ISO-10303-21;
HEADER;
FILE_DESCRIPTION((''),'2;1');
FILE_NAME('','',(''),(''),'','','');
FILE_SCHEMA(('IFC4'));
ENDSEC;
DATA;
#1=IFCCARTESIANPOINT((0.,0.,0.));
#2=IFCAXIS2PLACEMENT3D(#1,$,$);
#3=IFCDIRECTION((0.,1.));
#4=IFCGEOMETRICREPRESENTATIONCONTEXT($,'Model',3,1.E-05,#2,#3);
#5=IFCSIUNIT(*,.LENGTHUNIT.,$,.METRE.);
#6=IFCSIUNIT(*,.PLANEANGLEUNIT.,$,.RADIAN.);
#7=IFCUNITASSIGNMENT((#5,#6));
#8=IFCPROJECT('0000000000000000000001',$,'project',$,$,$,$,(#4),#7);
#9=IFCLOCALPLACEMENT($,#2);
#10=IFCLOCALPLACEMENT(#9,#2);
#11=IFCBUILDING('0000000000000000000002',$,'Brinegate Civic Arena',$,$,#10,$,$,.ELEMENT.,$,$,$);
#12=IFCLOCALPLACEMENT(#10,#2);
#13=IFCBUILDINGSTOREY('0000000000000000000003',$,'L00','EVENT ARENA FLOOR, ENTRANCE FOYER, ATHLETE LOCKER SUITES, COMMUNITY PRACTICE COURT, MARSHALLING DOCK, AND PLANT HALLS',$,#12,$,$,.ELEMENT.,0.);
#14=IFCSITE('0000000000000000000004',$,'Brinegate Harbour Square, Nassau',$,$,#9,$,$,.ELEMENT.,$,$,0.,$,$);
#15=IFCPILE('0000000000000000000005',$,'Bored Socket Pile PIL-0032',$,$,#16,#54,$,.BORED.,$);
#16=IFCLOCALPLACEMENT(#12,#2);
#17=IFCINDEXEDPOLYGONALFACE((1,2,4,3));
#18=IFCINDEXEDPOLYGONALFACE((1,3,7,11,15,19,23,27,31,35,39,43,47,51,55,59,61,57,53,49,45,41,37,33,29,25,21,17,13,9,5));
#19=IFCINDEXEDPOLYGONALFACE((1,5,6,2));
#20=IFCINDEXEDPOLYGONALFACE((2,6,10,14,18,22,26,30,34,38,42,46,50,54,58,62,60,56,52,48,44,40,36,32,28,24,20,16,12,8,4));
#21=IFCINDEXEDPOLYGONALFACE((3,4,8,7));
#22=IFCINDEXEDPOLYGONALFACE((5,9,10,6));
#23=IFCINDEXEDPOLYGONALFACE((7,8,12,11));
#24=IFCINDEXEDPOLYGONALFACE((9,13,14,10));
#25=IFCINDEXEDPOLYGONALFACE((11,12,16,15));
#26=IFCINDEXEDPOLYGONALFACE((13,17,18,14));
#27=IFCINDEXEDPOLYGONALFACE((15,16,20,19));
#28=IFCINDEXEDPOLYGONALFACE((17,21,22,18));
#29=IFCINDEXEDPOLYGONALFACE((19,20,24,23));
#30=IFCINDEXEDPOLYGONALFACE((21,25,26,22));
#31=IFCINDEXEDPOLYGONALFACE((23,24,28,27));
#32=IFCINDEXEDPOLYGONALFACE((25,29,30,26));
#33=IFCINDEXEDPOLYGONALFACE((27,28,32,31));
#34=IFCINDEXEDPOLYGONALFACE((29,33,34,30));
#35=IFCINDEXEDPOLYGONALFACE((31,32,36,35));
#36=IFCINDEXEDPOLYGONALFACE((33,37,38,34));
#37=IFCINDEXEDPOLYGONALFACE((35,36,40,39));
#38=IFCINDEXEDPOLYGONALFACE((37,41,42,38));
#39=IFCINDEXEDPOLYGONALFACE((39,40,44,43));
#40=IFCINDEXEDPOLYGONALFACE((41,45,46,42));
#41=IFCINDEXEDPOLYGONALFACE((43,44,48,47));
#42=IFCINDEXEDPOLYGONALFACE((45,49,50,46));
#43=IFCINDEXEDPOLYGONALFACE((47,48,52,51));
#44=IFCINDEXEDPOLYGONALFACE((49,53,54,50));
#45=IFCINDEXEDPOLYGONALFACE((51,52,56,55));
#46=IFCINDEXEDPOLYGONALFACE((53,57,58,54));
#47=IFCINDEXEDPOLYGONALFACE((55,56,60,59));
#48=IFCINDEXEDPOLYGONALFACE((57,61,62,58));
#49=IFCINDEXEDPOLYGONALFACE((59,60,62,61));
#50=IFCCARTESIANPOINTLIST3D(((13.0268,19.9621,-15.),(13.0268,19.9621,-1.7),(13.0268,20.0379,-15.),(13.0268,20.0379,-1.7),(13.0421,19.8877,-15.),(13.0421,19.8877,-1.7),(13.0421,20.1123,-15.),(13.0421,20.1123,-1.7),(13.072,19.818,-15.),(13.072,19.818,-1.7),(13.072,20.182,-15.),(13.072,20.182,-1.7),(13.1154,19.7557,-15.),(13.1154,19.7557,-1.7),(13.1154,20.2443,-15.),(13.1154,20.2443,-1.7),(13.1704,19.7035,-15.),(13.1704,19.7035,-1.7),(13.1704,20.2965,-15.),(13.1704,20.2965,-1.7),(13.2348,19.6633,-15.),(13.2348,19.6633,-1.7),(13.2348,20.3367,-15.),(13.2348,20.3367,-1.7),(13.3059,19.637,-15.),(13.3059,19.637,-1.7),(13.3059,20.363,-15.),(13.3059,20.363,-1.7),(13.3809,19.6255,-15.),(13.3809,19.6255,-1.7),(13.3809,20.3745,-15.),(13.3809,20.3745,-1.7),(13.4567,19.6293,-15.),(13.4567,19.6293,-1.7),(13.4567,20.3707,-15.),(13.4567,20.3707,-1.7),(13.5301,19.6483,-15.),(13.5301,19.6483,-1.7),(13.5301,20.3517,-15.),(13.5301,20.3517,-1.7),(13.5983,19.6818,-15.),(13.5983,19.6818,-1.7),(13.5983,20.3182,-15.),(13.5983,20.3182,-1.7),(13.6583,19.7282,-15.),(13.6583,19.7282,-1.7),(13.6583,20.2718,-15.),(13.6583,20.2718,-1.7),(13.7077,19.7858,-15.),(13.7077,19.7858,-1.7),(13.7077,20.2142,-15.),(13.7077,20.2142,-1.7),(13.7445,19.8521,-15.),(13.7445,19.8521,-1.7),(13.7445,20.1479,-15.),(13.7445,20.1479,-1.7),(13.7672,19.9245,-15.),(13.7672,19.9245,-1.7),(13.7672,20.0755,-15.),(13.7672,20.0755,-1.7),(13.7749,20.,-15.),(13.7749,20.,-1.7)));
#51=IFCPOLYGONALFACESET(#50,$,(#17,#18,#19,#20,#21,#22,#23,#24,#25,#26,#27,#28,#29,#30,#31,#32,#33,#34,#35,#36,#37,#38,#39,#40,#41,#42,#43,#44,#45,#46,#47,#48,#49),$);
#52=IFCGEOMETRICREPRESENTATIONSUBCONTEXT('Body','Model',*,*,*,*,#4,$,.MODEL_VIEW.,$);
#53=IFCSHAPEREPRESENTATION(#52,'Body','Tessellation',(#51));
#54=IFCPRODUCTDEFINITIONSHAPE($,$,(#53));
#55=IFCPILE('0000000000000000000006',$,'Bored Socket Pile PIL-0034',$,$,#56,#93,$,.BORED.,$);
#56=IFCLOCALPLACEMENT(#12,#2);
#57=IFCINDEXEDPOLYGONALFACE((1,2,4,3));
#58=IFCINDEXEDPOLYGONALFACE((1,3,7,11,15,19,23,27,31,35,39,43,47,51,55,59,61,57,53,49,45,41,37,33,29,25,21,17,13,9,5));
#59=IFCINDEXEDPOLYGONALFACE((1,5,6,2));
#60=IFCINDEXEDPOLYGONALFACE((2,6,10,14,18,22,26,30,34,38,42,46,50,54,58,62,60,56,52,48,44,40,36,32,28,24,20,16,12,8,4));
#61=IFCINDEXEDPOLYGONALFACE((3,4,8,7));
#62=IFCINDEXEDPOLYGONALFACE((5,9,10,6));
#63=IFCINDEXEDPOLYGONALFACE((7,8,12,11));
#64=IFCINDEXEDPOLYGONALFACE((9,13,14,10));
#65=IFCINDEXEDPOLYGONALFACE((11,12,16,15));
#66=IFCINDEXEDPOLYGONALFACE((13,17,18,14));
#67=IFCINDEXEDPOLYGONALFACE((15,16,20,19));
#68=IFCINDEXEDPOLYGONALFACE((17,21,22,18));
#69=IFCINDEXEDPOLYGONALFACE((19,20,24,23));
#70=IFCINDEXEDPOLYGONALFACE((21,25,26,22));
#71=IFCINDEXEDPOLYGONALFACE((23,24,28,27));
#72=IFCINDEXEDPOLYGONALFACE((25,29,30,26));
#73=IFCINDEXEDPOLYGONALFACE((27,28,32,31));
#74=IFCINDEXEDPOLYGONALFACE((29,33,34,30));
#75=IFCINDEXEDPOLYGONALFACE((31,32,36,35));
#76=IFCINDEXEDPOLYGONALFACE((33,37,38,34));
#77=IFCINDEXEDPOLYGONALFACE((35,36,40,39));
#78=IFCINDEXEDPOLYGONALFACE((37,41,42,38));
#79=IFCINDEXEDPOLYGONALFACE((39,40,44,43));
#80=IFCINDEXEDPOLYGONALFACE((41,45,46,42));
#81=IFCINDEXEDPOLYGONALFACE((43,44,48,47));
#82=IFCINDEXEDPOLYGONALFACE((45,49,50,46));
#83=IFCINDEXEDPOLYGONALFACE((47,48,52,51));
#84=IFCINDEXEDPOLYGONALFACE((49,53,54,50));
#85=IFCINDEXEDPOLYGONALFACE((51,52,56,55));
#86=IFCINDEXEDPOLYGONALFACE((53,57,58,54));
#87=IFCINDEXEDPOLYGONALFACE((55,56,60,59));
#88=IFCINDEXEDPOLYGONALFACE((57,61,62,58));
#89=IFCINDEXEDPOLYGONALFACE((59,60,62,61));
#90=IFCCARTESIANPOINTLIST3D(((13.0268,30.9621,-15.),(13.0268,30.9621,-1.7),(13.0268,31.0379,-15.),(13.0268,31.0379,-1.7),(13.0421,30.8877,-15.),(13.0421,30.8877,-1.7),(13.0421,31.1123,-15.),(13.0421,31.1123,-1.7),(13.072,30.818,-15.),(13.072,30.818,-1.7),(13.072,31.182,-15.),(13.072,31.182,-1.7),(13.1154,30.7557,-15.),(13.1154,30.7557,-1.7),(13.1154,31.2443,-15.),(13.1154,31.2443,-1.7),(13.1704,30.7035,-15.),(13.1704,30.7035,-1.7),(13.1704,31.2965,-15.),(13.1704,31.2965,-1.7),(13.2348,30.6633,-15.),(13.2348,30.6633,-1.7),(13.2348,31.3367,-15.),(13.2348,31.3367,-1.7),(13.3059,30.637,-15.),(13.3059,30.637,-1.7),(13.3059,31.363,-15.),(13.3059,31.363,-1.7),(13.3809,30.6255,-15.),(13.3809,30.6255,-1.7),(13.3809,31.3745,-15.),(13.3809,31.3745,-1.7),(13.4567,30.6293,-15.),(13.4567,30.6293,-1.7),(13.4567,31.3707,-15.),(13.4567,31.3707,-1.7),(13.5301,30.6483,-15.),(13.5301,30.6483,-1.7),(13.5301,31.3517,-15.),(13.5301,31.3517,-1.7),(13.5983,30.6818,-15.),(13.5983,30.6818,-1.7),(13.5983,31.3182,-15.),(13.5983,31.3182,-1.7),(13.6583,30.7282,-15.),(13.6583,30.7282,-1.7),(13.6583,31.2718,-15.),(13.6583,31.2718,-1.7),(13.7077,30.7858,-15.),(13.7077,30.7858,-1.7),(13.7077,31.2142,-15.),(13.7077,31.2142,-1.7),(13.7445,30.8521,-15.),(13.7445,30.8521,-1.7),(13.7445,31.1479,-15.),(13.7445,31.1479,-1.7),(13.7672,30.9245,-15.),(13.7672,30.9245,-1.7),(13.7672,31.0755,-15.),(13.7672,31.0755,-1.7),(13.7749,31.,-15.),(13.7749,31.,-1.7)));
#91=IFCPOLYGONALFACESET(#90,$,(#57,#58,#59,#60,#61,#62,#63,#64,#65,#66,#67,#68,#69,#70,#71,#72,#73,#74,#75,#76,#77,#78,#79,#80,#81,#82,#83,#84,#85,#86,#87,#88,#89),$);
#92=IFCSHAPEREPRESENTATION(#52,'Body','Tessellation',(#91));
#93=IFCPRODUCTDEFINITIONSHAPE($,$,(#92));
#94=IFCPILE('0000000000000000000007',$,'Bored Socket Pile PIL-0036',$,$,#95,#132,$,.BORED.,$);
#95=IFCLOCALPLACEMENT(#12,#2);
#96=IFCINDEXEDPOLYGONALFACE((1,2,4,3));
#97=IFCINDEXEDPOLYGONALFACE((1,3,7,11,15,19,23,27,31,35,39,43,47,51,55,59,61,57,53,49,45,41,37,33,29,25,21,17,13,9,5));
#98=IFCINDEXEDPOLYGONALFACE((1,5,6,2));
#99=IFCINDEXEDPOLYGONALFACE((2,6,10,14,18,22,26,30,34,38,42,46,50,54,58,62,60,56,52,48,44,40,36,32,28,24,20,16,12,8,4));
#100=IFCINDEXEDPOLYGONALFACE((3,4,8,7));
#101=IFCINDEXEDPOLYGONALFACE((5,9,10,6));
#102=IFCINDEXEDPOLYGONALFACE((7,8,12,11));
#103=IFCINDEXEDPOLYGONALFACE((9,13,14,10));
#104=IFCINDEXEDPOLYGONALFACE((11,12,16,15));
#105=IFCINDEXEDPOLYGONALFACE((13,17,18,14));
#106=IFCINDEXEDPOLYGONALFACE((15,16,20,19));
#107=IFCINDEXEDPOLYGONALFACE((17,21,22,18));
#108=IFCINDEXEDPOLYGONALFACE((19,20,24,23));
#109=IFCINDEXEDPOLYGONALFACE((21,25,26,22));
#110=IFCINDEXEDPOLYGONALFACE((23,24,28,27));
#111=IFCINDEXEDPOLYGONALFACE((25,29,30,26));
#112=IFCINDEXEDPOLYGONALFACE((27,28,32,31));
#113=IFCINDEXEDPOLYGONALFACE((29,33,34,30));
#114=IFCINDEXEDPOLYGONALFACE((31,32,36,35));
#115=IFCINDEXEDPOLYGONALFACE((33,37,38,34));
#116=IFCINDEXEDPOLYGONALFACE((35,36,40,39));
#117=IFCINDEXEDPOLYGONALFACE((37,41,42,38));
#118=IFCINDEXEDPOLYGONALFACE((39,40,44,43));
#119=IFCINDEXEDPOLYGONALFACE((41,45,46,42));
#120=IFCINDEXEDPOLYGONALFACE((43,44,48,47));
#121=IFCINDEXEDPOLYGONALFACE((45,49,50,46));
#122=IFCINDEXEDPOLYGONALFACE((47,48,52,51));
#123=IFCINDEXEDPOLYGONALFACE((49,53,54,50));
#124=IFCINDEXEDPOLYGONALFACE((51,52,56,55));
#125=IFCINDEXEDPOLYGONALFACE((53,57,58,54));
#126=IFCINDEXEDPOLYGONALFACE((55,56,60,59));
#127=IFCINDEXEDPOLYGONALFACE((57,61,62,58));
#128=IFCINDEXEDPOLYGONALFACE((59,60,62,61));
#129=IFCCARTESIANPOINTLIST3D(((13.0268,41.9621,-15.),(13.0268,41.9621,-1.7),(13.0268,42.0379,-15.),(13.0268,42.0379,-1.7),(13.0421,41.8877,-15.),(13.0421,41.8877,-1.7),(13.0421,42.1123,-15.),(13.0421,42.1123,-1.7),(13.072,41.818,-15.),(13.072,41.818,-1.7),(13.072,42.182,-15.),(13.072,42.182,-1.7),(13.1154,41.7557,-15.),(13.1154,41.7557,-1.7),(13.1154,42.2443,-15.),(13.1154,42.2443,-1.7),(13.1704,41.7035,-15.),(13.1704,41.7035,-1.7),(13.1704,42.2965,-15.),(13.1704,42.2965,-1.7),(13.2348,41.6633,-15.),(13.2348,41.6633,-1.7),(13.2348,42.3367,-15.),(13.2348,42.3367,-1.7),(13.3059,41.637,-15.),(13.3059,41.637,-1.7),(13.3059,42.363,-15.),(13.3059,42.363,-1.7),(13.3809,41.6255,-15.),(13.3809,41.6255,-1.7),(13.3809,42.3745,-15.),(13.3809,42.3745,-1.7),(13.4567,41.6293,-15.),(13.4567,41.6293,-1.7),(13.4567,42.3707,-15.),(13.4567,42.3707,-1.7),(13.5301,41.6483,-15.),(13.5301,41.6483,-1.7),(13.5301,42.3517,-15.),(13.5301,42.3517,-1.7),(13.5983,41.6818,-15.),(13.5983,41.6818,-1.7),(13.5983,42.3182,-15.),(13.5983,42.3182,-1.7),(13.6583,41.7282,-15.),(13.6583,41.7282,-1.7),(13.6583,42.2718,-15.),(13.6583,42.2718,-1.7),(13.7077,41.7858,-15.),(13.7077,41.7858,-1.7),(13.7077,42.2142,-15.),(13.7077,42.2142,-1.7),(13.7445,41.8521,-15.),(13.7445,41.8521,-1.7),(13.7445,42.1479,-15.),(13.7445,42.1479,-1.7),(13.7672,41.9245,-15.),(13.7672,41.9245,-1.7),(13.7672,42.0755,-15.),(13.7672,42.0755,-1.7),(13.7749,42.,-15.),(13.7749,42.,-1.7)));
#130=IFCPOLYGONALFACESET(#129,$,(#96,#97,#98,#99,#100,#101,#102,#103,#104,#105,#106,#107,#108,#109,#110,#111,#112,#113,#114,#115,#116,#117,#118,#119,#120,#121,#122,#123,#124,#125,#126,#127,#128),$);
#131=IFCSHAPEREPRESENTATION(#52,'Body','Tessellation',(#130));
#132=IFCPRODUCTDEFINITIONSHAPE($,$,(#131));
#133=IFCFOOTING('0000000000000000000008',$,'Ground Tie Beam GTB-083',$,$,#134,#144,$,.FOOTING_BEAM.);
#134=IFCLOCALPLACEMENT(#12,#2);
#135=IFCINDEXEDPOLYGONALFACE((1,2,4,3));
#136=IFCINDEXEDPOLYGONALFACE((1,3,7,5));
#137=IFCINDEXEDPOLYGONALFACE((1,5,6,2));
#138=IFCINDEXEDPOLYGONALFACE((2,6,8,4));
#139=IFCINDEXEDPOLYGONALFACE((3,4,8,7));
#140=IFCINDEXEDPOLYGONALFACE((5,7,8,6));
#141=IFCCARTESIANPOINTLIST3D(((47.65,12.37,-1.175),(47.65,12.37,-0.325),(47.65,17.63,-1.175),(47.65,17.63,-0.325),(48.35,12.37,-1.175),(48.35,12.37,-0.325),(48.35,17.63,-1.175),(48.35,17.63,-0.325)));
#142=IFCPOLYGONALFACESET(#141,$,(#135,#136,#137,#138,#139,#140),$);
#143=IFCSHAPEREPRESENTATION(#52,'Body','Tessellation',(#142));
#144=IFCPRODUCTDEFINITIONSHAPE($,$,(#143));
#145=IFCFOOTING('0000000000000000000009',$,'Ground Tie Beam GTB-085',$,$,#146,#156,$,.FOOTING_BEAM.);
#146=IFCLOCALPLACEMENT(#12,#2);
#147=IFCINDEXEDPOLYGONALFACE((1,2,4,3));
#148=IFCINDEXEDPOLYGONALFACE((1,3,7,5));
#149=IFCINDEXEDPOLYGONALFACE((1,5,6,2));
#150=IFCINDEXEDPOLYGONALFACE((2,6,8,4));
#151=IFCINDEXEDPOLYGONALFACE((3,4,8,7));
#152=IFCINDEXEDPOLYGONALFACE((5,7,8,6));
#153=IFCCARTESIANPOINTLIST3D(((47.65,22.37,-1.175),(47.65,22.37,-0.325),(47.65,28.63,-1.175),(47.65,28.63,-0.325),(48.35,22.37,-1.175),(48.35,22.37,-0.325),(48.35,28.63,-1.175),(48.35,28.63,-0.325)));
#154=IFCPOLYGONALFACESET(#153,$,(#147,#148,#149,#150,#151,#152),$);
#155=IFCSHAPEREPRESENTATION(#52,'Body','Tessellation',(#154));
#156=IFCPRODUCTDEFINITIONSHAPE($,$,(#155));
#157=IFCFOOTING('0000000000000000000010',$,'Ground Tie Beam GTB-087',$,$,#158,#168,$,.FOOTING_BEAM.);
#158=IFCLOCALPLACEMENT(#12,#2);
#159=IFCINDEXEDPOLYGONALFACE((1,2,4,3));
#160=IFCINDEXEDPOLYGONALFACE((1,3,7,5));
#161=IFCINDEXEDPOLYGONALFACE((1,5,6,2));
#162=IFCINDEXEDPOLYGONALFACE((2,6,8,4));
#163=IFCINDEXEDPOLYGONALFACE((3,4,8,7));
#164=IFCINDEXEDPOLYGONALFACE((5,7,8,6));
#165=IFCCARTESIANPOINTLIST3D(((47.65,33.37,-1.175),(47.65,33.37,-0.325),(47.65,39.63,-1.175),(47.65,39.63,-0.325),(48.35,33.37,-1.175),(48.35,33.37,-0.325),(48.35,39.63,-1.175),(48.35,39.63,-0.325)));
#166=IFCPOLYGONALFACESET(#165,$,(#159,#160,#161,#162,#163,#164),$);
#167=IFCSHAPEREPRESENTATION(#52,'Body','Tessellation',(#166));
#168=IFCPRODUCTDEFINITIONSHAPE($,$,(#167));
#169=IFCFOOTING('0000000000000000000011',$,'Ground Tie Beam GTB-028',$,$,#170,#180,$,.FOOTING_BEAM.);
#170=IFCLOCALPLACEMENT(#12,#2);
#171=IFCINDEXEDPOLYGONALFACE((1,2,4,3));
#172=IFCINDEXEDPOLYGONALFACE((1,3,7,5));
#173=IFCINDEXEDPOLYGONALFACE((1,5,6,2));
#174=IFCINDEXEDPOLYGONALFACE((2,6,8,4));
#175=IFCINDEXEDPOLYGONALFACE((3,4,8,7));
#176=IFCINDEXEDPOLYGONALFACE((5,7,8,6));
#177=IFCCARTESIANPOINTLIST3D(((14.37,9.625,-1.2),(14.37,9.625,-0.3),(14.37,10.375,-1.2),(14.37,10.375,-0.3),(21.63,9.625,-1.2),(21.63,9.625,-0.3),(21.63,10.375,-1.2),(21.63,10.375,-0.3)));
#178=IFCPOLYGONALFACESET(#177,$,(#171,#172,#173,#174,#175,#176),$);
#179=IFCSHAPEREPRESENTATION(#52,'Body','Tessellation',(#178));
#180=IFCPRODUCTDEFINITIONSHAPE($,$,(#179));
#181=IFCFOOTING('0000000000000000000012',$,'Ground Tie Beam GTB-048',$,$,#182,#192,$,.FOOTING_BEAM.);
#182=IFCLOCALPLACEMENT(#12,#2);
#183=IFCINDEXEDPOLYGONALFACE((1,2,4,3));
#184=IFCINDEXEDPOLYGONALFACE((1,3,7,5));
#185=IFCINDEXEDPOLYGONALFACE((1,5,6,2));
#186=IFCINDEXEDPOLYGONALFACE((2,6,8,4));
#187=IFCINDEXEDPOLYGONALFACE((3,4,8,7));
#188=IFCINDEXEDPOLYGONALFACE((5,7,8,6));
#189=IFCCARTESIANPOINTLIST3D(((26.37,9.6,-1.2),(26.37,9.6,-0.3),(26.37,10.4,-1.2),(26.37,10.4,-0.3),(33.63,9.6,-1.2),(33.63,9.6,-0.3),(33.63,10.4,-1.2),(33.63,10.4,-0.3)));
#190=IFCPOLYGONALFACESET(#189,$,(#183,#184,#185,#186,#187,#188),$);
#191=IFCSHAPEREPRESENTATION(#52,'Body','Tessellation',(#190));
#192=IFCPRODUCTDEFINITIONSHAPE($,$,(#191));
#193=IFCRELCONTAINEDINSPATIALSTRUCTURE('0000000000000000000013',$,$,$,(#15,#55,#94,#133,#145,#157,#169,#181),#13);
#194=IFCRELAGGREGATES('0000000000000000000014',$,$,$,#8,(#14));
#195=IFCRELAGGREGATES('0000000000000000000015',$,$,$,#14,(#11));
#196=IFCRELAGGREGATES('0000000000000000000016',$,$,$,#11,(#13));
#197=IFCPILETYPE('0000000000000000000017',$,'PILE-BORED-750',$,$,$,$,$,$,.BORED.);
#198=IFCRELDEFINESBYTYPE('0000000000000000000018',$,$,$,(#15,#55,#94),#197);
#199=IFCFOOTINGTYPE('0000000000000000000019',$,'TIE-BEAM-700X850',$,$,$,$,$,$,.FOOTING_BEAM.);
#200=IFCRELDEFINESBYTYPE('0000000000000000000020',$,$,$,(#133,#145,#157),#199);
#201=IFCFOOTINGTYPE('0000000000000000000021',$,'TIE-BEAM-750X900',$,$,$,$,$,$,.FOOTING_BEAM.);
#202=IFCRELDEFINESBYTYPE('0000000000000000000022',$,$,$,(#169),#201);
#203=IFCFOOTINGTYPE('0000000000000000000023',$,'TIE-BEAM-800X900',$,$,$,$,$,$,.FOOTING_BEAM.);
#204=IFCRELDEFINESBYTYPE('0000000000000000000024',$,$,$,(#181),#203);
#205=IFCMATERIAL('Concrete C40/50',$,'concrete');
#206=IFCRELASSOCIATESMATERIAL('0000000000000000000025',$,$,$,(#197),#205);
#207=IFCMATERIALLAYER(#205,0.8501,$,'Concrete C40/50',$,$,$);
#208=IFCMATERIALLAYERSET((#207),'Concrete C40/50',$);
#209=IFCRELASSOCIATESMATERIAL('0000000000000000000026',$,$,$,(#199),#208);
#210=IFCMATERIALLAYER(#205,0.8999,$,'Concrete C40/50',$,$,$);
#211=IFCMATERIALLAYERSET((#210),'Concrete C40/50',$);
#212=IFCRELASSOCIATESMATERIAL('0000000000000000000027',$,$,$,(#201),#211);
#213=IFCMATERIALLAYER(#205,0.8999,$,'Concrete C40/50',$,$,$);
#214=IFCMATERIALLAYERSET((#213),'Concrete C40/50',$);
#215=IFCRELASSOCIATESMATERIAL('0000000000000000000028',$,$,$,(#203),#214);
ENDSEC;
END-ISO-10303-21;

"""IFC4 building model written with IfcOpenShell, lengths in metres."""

from ifc_helpers import new_model, si_unit, direction, frame, origin, origin_2d, place, context, subcontext, project, spatial, rectangle, circle, extrude, material, layer, layer_set, material_profile, profile_set, type_object, element, save


model = new_model("IFC4")

# Units and contexts
model_context = context("Model", 3, precision=1e-05, world=origin(), true_north=direction((0.0, 1.0)))
body_context = subcontext(model_context, "Body", "Model", "MODEL_VIEW")
ifc_project = project(units=[si_unit("LENGTHUNIT", "METRE"), si_unit("PLANEANGLEUNIT", "RADIAN")], contexts=[model_context])

# Site, building, storey
site_placement = place(None, origin())
site = spatial("IfcSite", under=ifc_project, at=site_placement, Name="Brinegate Harbour Square, Nassau", CompositionType="ELEMENT", RefElevation=0.0)
building_placement = place(site_placement, origin())
building = spatial("IfcBuilding", under=site, at=building_placement, Name="Brinegate Civic Arena", CompositionType="ELEMENT")
storey_placement = place(building_placement, origin())
storey = spatial("IfcBuildingStorey", under=building, at=storey_placement, Name="L00", Description="EVENT ARENA FLOOR, ENTRANCE FOYER, ATHLETE LOCKER SUITES, COMMUNITY PRACTICE COURT, MARSHALLING DOCK, AND PLANT HALLS", CompositionType="ELEMENT", Elevation=0.0)

# Shared definitions
ifc_material_1 = material(Name="Concrete C40/50", Category="concrete")

# Piles
ifc_material_profile_1 = material_profile(ifc_material_1, circle(Radius=0.375, at=origin_2d()), Name="PILED750")
ifc_profile_set_1 = profile_set([ifc_material_profile_1], Name="Concrete C40/50")
pile_type_1 = type_object("IfcPileType", Name="PILE-BORED-750", PredefinedType="BORED", material=ifc_profile_set_1)
for number, where, z_axis, x_axis, name in (
    (1, (13.3999, 20.0, -1.7), (0.0, 0.0, -1.0), (1.0, 0.0, 0.0), "Bored Socket Pile PIL-0032"),
    (2, (13.3999, 31.0, -1.7), (0.0, 0.0, -1.0), (1.0, 0.0, 0.0), "Bored Socket Pile PIL-0034"),
    (3, (13.3999, 42.0, -1.7), (0.0, 0.0, -1.0), (1.0, 0.0, 0.0), "Bored Socket Pile PIL-0036"),
):
    element("IfcPile", number, at=place(storey_placement, frame(where, z_axis=z_axis, x_axis=x_axis)), inside=storey, type_object=pile_type_1, Name=name, PredefinedType="BORED", context=body_context, shape_type="SweptSolid", body=[
        extrude(circle(Radius=0.375, at=origin_2d()), origin(), (0.0, 0.0, 1.0), 13.3),
    ])

# Footings
ifc_layer_1 = layer(ifc_material_1, 0.8501, Name="Concrete C40/50")
ifc_layer_set_1 = layer_set([ifc_layer_1], Name="Concrete C40/50")
footing_type_1 = type_object("IfcFootingType", Name="TIE-BEAM-700X850", PredefinedType="FOOTING_BEAM", material=ifc_layer_set_1)
footing_1_placement = place(storey_placement, frame((48.0, 15.0, -1.175), z_axis=(0.0, 0.0, 1.0), x_axis=(0.0, 1.0, 0.0)))
element("IfcFooting", 4, at=footing_1_placement, inside=storey, type_object=footing_type_1, Name="Ground Tie Beam GTB-083", PredefinedType="FOOTING_BEAM", context=body_context, shape_type="SweptSolid", body=[
    extrude(rectangle(XDim=5.26, YDim=0.7, at=origin_2d()), origin(), (0.0, 0.0, 1.0), 0.8501),
])
for number, where, z_axis, x_axis, name in (
    (5, (48.0, 25.5, -1.175), (0.0, 0.0, 1.0), (0.0, 1.0, 0.0), "Ground Tie Beam GTB-085"),
    (6, (48.0, 36.5, -1.175), (0.0, 0.0, 1.0), (0.0, 1.0, 0.0), "Ground Tie Beam GTB-087"),
):
    element("IfcFooting", number, at=place(storey_placement, frame(where, z_axis=z_axis, x_axis=x_axis)), inside=storey, type_object=footing_type_1, Name=name, PredefinedType="FOOTING_BEAM", context=body_context, shape_type="SweptSolid", body=[
        extrude(rectangle(XDim=6.26, YDim=0.7, at=origin_2d()), origin(), (0.0, 0.0, 1.0), 0.8501),
    ])
ifc_layer_2 = layer(ifc_material_1, 0.8999, Name="Concrete C40/50")
ifc_layer_set_2 = layer_set([ifc_layer_2], Name="Concrete C40/50")
footing_type_2 = type_object("IfcFootingType", Name="TIE-BEAM-750X900", PredefinedType="FOOTING_BEAM", material=ifc_layer_set_2)
footing_2_placement = place(storey_placement, frame((18.0, 10.0, -1.2), z_axis=(0.0, 0.0, 1.0), x_axis=(1.0, 0.0, 0.0)))
element("IfcFooting", 7, at=footing_2_placement, inside=storey, type_object=footing_type_2, Name="Ground Tie Beam GTB-028", PredefinedType="FOOTING_BEAM", context=body_context, shape_type="SweptSolid", body=[
    extrude(rectangle(XDim=7.26, YDim=0.75, at=origin_2d()), origin(), (0.0, 0.0, 1.0), 0.8999),
])
ifc_layer_3 = layer(ifc_material_1, 0.8999, Name="Concrete C40/50")
ifc_layer_set_3 = layer_set([ifc_layer_3], Name="Concrete C40/50")
footing_type_3 = type_object("IfcFootingType", Name="TIE-BEAM-800X900", PredefinedType="FOOTING_BEAM", material=ifc_layer_set_3)
footing_3_placement = place(storey_placement, frame((30.0, 10.0, -1.2), z_axis=(0.0, 0.0, 1.0), x_axis=(1.0, 0.0, 0.0)))
element("IfcFooting", 8, at=footing_3_placement, inside=storey, type_object=footing_type_3, Name="Ground Tie Beam GTB-048", PredefinedType="FOOTING_BEAM", context=body_context, shape_type="SweptSolid", body=[
    extrude(rectangle(XDim=7.26, YDim=0.8, at=origin_2d()), origin(), (0.0, 0.0, 1.0), 0.8999),
])

save(model, "model.ifc")
